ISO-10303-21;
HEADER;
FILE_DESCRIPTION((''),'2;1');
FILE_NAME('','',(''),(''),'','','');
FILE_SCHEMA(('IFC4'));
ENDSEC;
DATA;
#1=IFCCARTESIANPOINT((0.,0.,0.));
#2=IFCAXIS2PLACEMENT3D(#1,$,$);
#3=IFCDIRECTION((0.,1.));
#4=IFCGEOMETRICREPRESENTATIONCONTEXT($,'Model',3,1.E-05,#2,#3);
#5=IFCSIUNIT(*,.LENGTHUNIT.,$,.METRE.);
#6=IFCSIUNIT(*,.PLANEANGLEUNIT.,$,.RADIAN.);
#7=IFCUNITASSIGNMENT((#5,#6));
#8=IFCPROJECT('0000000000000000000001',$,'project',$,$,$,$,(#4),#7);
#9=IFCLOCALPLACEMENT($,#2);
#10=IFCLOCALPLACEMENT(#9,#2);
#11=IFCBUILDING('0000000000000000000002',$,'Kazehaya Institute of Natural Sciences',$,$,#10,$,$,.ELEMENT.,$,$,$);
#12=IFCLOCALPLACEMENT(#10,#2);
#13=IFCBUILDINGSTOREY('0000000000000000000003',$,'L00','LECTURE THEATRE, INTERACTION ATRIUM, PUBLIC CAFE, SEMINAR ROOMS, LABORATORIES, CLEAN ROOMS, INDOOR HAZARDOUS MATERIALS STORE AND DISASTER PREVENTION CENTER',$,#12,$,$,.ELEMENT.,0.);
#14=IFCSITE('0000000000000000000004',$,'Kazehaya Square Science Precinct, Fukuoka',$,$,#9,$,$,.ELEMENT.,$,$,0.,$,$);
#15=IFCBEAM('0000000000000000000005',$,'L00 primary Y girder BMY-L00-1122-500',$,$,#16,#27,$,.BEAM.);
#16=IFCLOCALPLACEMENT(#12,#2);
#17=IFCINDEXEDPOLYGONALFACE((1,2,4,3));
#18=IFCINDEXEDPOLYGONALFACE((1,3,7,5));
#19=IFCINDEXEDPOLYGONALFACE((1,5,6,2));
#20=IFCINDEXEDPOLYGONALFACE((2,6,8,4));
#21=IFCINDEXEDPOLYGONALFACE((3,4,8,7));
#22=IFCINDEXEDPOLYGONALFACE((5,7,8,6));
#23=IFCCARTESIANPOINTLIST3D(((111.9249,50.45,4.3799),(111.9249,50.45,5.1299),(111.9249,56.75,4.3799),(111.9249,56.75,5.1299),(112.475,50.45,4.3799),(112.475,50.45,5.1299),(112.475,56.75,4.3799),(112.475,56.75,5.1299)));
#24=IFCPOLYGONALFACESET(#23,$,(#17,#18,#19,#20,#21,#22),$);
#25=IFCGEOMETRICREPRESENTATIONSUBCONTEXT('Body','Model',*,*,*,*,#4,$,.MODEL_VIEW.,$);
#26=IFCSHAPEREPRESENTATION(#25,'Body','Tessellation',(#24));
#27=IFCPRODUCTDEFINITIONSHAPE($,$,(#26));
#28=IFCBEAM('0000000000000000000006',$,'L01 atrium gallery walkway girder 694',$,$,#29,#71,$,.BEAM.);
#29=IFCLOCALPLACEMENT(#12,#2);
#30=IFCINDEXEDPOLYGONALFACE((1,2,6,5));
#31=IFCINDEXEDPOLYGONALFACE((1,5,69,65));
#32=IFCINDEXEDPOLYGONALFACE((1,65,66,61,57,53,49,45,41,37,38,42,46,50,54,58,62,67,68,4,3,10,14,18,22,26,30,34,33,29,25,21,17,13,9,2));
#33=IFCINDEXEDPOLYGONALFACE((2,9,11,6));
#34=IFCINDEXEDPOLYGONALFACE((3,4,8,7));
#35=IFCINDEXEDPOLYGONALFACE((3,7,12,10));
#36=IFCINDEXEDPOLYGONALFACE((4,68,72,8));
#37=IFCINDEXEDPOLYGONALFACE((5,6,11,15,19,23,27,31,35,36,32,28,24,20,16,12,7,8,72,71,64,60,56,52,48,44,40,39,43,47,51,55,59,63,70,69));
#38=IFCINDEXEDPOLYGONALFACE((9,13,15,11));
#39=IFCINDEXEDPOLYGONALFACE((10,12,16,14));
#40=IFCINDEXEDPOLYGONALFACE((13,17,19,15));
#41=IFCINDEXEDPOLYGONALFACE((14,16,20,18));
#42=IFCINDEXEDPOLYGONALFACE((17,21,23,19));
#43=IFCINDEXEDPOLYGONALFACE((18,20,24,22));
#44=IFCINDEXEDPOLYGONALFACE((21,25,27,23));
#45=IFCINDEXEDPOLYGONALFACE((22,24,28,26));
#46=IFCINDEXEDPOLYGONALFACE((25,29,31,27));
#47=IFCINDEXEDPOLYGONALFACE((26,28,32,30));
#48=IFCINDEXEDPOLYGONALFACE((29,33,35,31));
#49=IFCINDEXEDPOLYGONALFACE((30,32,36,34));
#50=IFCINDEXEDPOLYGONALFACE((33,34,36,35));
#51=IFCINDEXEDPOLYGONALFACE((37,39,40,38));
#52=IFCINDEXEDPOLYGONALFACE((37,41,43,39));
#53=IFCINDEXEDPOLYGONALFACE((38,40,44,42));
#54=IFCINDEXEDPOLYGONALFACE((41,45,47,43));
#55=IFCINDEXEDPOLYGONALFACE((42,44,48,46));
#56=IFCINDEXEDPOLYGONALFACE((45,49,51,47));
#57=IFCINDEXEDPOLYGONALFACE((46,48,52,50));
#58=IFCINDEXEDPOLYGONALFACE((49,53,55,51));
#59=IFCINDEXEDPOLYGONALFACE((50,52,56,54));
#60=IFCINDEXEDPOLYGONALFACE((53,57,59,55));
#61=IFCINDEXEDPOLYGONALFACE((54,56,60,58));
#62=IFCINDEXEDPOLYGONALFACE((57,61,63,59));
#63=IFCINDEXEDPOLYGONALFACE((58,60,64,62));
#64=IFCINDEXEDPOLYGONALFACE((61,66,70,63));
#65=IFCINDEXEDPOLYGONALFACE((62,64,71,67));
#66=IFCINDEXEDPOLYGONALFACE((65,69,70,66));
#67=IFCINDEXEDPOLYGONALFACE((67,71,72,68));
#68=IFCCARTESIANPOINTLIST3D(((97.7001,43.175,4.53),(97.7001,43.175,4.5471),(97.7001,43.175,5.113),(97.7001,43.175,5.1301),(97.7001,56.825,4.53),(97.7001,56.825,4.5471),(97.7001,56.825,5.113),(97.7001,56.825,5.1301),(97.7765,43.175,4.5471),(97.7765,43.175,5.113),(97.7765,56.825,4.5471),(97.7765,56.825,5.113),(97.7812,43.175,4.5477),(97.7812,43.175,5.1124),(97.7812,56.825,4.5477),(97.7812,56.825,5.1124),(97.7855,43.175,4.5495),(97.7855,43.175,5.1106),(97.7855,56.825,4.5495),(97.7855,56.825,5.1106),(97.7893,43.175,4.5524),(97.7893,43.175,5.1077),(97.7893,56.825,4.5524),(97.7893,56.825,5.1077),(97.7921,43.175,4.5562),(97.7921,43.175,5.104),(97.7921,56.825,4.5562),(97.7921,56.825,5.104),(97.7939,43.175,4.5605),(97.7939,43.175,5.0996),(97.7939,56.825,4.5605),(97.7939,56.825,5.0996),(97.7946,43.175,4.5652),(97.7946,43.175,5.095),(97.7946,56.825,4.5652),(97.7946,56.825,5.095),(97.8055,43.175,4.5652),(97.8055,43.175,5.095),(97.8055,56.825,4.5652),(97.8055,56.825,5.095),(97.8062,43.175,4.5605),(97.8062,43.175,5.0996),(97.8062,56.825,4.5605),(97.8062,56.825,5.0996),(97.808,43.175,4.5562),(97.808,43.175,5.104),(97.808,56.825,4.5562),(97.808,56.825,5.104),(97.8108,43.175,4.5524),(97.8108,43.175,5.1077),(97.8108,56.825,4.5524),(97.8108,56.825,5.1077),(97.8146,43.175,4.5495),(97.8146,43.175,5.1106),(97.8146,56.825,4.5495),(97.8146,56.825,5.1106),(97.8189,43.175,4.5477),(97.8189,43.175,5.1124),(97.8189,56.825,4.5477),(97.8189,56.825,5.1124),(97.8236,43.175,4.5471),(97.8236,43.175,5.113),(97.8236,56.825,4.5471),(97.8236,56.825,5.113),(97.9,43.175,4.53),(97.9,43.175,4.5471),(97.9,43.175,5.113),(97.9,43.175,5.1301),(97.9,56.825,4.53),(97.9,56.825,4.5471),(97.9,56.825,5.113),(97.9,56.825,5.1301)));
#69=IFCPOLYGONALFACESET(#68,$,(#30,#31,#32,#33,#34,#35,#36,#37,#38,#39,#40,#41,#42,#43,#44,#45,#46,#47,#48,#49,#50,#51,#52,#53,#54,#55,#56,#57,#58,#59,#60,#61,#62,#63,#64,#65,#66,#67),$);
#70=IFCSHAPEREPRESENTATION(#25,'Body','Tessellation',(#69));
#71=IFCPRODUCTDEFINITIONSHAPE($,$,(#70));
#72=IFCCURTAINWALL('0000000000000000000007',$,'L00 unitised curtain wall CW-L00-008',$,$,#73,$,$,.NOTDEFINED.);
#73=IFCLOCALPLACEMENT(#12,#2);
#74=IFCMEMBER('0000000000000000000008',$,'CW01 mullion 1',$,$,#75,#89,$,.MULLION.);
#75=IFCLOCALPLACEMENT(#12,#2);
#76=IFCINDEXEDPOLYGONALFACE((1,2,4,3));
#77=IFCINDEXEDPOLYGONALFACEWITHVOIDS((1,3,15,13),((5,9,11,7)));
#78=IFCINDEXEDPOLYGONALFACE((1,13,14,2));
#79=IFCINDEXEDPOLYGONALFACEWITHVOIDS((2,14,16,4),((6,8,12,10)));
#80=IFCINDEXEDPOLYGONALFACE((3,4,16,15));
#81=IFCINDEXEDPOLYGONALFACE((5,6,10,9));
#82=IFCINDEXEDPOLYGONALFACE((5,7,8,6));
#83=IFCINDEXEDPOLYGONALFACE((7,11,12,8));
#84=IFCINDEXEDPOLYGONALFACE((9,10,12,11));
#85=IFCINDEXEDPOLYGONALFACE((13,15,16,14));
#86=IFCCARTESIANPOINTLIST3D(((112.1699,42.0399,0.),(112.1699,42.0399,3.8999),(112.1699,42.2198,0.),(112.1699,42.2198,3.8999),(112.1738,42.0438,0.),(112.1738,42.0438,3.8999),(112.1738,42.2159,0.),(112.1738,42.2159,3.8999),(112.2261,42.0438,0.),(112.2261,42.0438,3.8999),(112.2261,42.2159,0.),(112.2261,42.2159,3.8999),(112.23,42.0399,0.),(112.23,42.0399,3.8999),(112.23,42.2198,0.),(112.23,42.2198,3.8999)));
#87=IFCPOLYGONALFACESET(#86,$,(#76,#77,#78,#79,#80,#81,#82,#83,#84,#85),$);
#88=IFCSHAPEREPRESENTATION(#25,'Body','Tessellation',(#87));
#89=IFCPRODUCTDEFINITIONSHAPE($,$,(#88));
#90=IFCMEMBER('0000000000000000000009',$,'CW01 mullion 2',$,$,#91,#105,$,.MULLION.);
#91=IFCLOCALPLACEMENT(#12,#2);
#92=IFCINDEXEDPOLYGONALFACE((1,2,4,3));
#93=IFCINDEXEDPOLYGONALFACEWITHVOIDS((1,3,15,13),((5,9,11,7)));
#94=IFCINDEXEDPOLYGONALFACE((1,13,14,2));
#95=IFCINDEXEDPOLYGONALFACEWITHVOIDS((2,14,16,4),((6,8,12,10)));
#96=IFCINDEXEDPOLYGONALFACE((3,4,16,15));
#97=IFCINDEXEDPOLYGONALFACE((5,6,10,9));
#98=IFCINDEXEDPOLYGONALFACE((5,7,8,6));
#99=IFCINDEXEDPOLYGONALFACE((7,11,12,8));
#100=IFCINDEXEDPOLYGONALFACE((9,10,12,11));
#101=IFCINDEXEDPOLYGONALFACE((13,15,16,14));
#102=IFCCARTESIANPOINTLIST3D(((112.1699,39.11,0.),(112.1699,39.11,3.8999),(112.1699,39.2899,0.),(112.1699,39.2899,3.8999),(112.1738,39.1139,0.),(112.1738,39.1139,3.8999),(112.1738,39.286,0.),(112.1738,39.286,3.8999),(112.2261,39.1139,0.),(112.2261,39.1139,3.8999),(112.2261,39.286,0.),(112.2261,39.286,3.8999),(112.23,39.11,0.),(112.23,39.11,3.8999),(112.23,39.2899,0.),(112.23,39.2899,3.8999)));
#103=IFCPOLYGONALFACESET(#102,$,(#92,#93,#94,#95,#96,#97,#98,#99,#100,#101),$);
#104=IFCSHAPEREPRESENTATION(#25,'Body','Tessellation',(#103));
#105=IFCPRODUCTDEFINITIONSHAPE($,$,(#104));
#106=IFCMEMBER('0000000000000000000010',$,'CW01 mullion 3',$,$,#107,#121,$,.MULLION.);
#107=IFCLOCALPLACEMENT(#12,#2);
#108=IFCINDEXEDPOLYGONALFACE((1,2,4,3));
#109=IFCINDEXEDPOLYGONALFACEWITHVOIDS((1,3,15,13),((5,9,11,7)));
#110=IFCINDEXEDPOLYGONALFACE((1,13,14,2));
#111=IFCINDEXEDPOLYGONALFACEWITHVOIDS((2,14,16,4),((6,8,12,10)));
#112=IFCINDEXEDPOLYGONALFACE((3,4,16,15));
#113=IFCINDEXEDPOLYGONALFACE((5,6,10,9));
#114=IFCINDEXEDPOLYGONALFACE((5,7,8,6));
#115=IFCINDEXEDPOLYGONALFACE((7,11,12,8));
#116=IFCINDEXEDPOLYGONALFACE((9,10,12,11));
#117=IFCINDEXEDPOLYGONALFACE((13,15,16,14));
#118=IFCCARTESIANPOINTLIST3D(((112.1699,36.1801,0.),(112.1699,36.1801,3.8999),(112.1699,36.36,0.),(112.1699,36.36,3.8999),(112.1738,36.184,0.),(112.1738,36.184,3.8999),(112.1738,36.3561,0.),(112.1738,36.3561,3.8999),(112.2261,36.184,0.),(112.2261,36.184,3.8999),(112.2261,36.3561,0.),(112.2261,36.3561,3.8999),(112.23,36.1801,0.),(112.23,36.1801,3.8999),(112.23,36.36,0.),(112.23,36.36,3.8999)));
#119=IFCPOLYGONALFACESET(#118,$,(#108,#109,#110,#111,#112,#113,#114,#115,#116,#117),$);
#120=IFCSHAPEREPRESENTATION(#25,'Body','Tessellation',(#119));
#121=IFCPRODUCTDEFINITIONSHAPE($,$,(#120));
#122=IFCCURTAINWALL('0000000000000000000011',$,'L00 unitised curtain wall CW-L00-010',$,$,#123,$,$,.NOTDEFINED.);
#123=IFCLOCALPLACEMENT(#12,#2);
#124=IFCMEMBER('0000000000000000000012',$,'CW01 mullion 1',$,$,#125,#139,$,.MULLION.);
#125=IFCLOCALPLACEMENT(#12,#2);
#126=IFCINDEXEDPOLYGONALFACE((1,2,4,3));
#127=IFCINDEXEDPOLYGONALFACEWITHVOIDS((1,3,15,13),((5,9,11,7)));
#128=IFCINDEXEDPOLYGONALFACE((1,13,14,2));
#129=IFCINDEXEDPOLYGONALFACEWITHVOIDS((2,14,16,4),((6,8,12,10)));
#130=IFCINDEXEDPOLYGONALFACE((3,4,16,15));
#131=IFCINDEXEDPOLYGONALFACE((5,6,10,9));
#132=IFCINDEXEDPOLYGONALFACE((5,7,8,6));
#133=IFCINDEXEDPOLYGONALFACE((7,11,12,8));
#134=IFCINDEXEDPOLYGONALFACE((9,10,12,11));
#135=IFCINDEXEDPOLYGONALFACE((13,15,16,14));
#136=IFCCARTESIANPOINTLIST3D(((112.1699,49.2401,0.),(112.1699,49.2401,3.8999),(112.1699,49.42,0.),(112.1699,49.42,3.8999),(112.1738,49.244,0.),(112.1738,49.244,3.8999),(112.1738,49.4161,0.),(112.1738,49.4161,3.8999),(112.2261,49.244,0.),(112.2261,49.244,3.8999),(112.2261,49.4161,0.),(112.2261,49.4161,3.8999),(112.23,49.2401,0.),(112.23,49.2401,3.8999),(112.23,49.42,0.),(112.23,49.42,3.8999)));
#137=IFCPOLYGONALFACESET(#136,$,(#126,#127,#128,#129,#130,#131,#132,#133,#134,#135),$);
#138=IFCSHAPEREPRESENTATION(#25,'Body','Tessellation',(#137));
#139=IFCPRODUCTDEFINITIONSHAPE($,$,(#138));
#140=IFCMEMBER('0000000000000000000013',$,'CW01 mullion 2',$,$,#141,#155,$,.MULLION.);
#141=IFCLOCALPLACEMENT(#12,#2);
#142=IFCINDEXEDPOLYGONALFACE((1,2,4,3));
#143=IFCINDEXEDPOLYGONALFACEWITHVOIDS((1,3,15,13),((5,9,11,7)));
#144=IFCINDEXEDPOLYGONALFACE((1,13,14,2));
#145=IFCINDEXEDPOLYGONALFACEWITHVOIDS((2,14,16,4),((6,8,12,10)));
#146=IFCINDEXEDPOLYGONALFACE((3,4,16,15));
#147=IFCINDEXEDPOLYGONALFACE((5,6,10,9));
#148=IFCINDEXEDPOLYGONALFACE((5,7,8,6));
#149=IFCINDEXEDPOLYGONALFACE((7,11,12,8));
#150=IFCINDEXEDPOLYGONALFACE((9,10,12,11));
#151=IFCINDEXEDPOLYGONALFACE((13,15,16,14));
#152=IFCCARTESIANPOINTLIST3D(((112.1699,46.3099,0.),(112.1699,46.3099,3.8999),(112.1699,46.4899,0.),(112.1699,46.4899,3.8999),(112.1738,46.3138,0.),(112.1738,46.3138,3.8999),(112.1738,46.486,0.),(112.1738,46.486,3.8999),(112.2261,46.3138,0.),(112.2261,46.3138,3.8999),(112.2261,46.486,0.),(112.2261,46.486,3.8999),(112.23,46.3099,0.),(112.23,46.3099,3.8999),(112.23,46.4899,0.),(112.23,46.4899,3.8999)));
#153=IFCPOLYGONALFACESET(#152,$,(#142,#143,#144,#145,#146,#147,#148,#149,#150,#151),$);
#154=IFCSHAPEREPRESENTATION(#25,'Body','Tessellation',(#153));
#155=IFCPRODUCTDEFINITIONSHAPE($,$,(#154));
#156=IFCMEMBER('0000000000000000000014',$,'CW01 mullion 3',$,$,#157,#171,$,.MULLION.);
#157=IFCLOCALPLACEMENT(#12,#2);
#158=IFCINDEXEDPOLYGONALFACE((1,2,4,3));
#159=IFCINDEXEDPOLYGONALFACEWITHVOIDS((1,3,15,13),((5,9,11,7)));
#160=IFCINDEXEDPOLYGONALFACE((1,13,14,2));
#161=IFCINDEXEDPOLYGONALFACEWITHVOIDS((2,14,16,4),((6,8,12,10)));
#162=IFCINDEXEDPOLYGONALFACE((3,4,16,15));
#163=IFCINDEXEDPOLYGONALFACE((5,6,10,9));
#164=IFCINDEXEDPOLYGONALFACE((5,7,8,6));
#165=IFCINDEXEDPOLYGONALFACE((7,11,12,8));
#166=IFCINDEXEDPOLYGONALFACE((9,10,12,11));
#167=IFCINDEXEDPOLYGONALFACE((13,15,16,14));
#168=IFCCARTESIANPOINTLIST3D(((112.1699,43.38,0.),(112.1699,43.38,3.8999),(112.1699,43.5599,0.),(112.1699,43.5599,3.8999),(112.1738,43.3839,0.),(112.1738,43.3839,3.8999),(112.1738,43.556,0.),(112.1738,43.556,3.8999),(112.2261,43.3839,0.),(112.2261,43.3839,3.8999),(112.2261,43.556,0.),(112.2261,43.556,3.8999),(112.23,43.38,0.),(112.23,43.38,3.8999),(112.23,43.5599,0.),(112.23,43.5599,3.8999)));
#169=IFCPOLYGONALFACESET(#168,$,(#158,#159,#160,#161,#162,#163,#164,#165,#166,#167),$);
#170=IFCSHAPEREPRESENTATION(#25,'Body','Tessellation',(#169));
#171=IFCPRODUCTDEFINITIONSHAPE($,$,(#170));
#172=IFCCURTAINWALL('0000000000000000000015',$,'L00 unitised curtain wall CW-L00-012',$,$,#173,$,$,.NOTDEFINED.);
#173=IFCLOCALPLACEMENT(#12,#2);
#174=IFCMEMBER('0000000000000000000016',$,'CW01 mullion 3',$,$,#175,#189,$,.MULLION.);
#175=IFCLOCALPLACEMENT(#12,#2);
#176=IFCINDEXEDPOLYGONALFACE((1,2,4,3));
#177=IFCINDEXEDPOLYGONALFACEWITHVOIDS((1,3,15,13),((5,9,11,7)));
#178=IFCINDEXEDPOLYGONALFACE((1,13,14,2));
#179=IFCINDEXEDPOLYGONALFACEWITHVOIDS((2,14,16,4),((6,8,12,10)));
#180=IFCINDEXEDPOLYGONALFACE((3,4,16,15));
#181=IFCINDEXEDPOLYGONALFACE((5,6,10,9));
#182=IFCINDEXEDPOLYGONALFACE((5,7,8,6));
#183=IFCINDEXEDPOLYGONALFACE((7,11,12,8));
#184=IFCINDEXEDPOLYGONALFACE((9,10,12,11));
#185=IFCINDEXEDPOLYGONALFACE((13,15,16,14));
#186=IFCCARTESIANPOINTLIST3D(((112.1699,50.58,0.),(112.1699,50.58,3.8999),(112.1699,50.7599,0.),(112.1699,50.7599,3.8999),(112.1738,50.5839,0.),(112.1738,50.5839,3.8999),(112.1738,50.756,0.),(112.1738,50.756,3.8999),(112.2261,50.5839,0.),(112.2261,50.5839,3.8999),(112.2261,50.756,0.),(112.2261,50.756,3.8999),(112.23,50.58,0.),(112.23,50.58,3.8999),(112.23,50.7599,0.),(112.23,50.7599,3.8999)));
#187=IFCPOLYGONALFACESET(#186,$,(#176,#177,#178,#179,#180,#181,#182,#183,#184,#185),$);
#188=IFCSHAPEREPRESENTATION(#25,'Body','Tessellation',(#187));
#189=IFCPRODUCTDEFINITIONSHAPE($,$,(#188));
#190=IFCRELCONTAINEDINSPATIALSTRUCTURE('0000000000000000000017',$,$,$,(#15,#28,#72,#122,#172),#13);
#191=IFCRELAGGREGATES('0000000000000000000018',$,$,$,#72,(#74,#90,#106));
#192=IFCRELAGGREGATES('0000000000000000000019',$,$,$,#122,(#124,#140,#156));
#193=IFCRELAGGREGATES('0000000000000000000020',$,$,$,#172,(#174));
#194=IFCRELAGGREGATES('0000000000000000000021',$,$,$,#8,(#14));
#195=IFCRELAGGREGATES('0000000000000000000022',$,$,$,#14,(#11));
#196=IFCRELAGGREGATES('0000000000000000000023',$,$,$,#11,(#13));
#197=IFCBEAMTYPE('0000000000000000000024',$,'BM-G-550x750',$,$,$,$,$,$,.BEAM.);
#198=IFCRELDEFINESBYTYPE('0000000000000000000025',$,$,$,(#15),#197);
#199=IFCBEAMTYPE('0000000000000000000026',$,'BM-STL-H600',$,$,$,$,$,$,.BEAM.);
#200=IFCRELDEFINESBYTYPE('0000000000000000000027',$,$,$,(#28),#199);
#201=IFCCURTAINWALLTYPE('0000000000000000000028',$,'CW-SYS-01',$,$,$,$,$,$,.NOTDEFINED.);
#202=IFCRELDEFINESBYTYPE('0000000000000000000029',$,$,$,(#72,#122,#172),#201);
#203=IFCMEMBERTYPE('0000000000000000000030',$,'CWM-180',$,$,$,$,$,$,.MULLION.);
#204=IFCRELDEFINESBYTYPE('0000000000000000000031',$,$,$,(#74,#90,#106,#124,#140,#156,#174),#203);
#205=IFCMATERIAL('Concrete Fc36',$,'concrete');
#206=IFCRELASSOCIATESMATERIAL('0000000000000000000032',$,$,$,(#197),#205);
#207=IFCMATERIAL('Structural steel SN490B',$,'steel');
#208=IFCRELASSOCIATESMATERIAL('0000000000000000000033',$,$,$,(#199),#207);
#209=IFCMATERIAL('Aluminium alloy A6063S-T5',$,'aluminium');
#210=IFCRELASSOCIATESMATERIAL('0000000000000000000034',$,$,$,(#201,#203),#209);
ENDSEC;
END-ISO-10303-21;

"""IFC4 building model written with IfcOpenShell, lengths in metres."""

from ifc_helpers import new_model, si_unit, direction, frame, origin, origin_2d, place, context, subcontext, project, spatial, rectangle, hollow_rectangle, i_section, extrude, material, material_profile, profile_set, type_object, element, aggregate, save


model = new_model("IFC4")

# Units and contexts
model_context = context("Model", 3, precision=1e-05, world=origin(), true_north=direction((0.0, 1.0)))
body_context = subcontext(model_context, "Body", "Model", "MODEL_VIEW")
ifc_project = project(units=[si_unit("LENGTHUNIT", "METRE"), si_unit("PLANEANGLEUNIT", "RADIAN")], contexts=[model_context])

# Site, building, storey
site_placement = place(None, origin())
site = spatial("IfcSite", under=ifc_project, at=site_placement, Name="Kazehaya Square Science Precinct, Fukuoka", CompositionType="ELEMENT", RefElevation=0.0)
building_placement = place(site_placement, origin())
building = spatial("IfcBuilding", under=site, at=building_placement, Name="Kazehaya Institute of Natural Sciences", CompositionType="ELEMENT")
storey_placement = place(building_placement, origin())
storey = spatial("IfcBuildingStorey", under=building, at=storey_placement, Name="L00", Description="LECTURE THEATRE, INTERACTION ATRIUM, PUBLIC CAFE, SEMINAR ROOMS, LABORATORIES, CLEAN ROOMS, INDOOR HAZARDOUS MATERIALS STORE AND DISASTER PREVENTION CENTER", CompositionType="ELEMENT", Elevation=0.0)

# Shared definitions
ifc_material_1 = material(Name="Concrete Fc36", Category="concrete")

# Beams
ifc_material_profile_1 = material_profile(ifc_material_1, rectangle(XDim=0.55, YDim=0.75, at=origin_2d()), Name="RC-550x750")
ifc_profile_set_1 = profile_set([ifc_material_profile_1], Name="Concrete Fc36")
beam_type_1 = type_object("IfcBeamType", Name="BM-G-550x750", PredefinedType="BEAM", material=ifc_profile_set_1)
for number, where, z_axis, x_axis, name in (
    (1, (112.2, 50.45, 4.7549), (0.0, 1.0, 0.0), (-1.0, 0.0, 0.0), "L00 primary Y girder BMY-L00-1122-500"),
):
    element("IfcBeam", number, at=place(storey_placement, frame(where, z_axis=z_axis, x_axis=x_axis)), inside=storey, type_object=beam_type_1, Name=name, PredefinedType="BEAM", context=body_context, shape_type="SweptSolid", body=[
        extrude(rectangle(XDim=0.55, YDim=0.75, at=origin_2d()), origin(), (0.0, 0.0, 1.0), 6.3),
    ])
ifc_material_2 = material(Name="Structural steel SN490B", Category="steel")
ifc_material_profile_2 = material_profile(ifc_material_2, i_section(OverallWidth=0.2, OverallDepth=0.6001, WebThickness=0.011, FlangeThickness=0.0171, FilletRadius=0.0181, at=origin_2d()), Name="H-600x200x11x17")
ifc_profile_set_2 = profile_set([ifc_material_profile_2], Name="Structural steel SN490B")
beam_type_2 = type_object("IfcBeamType", Name="BM-STL-H600", PredefinedType="BEAM", material=ifc_profile_set_2)
beam_1_placement = place(storey_placement, frame((97.8, 43.175, 4.8301), z_axis=(0.0, 1.0, 0.0), x_axis=(-1.0, 0.0, 0.0)))
element("IfcBeam", 2, at=beam_1_placement, inside=storey, type_object=beam_type_2, Name="L01 atrium gallery walkway girder 694", PredefinedType="BEAM", context=body_context, shape_type="SweptSolid", body=[
    extrude(i_section(OverallWidth=0.2, OverallDepth=0.6001, WebThickness=0.011, FlangeThickness=0.0171, FilletRadius=0.0181, at=origin_2d()), origin(), (0.0, 0.0, 1.0), 13.6499),
])

# Curtain walls, members
ifc_material_3 = material(Name="Aluminium alloy A6063S-T5", Category="aluminium")
curtain_wall_type = type_object("IfcCurtainWallType", Name="CW-SYS-01", PredefinedType="NOTDEFINED", material=ifc_material_3)
curtain_wall_1_placement = place(storey_placement, origin())
curtain_wall_1 = element("IfcCurtainWall", 3, at=curtain_wall_1_placement, inside=storey, type_object=curtain_wall_type, Name="L00 unitised curtain wall CW-L00-008", PredefinedType="NOTDEFINED")
ifc_material_profile_3 = material_profile(ifc_material_3, hollow_rectangle(XDim=0.0601, YDim=0.1799, WallThickness=0.0039, at=origin_2d()), Name="ALU-60x180x4")
ifc_profile_set_3 = profile_set([ifc_material_profile_3], Name="Aluminium alloy A6063S-T5")
member_type_1 = type_object("IfcMemberType", Name="CWM-180", PredefinedType="MULLION", material=ifc_profile_set_3)
member_1_placement = place(storey_placement, frame((112.2, 42.1299, 0.0), z_axis=(0.0, 0.0, 1.0), x_axis=(1.0, 0.0, 0.0)))
member_1 = element("IfcMember", 4, at=member_1_placement, type_object=member_type_1, Name="CW01 mullion 1", PredefinedType="MULLION", context=body_context, shape_type="SweptSolid", body=[
    extrude(hollow_rectangle(XDim=0.0601, YDim=0.1799, WallThickness=0.0039, at=origin_2d()), origin(), (0.0, 0.0, 1.0), 3.8999),
])
member_2_placement = place(storey_placement, frame((112.2, 39.2, 0.0), z_axis=(0.0, 0.0, 1.0), x_axis=(1.0, 0.0, 0.0)))
member_2 = element("IfcMember", 5, at=member_2_placement, type_object=member_type_1, Name="CW01 mullion 2", PredefinedType="MULLION", context=body_context, shape_type="SweptSolid", body=[
    extrude(hollow_rectangle(XDim=0.0601, YDim=0.1799, WallThickness=0.0039, at=origin_2d()), origin(), (0.0, 0.0, 1.0), 3.8999),
])
member_3_placement = place(storey_placement, frame((112.2, 36.27, 0.0), z_axis=(0.0, 0.0, 1.0), x_axis=(1.0, 0.0, 0.0)))
member_3 = element("IfcMember", 6, at=member_3_placement, type_object=member_type_1, Name="CW01 mullion 3", PredefinedType="MULLION", context=body_context, shape_type="SweptSolid", body=[
    extrude(hollow_rectangle(XDim=0.0601, YDim=0.1799, WallThickness=0.0039, at=origin_2d()), origin(), (0.0, 0.0, 1.0), 3.8999),
])
curtain_wall_2_placement = place(storey_placement, origin())
curtain_wall_2 = element("IfcCurtainWall", 7, at=curtain_wall_2_placement, inside=storey, type_object=curtain_wall_type, Name="L00 unitised curtain wall CW-L00-010", PredefinedType="NOTDEFINED")
member_4_placement = place(storey_placement, frame((112.2, 49.3301, 0.0), z_axis=(0.0, 0.0, 1.0), x_axis=(1.0, 0.0, 0.0)))
member_4 = element("IfcMember", 8, at=member_4_placement, type_object=member_type_1, Name="CW01 mullion 1", PredefinedType="MULLION", context=body_context, shape_type="SweptSolid", body=[
    extrude(hollow_rectangle(XDim=0.0601, YDim=0.1799, WallThickness=0.0039, at=origin_2d()), origin(), (0.0, 0.0, 1.0), 3.8999),
])
member_5_placement = place(storey_placement, frame((112.2, 46.3999, 0.0), z_axis=(0.0, 0.0, 1.0), x_axis=(1.0, 0.0, 0.0)))
member_5 = element("IfcMember", 9, at=member_5_placement, type_object=member_type_1, Name="CW01 mullion 2", PredefinedType="MULLION", context=body_context, shape_type="SweptSolid", body=[
    extrude(hollow_rectangle(XDim=0.0601, YDim=0.1799, WallThickness=0.0039, at=origin_2d()), origin(), (0.0, 0.0, 1.0), 3.8999),
])
member_6_placement = place(storey_placement, frame((112.2, 43.47, 0.0), z_axis=(0.0, 0.0, 1.0), x_axis=(1.0, 0.0, 0.0)))
member_6 = element("IfcMember", 10, at=member_6_placement, type_object=member_type_1, Name="CW01 mullion 3", PredefinedType="MULLION", context=body_context, shape_type="SweptSolid", body=[
    extrude(hollow_rectangle(XDim=0.0601, YDim=0.1799, WallThickness=0.0039, at=origin_2d()), origin(), (0.0, 0.0, 1.0), 3.8999),
])

# Curtain wall, member
curtain_wall_3_placement = place(storey_placement, origin())
curtain_wall_3 = element("IfcCurtainWall", 11, at=curtain_wall_3_placement, inside=storey, type_object=curtain_wall_type, Name="L00 unitised curtain wall CW-L00-012", PredefinedType="NOTDEFINED")
member_7_placement = place(storey_placement, frame((112.2, 50.6699, 0.0), z_axis=(0.0, 0.0, 1.0), x_axis=(1.0, 0.0, 0.0)))
member_7 = element("IfcMember", 12, at=member_7_placement, type_object=member_type_1, Name="CW01 mullion 3", PredefinedType="MULLION", context=body_context, shape_type="SweptSolid", body=[
    extrude(hollow_rectangle(XDim=0.0601, YDim=0.1799, WallThickness=0.0039, at=origin_2d()), origin(), (0.0, 0.0, 1.0), 3.8999),
])

aggregate(curtain_wall_1, [member_1, member_2, member_3])
aggregate(curtain_wall_2, [member_4, member_5, member_6])
aggregate(curtain_wall_3, [member_7])

save(model, "model.ifc")
